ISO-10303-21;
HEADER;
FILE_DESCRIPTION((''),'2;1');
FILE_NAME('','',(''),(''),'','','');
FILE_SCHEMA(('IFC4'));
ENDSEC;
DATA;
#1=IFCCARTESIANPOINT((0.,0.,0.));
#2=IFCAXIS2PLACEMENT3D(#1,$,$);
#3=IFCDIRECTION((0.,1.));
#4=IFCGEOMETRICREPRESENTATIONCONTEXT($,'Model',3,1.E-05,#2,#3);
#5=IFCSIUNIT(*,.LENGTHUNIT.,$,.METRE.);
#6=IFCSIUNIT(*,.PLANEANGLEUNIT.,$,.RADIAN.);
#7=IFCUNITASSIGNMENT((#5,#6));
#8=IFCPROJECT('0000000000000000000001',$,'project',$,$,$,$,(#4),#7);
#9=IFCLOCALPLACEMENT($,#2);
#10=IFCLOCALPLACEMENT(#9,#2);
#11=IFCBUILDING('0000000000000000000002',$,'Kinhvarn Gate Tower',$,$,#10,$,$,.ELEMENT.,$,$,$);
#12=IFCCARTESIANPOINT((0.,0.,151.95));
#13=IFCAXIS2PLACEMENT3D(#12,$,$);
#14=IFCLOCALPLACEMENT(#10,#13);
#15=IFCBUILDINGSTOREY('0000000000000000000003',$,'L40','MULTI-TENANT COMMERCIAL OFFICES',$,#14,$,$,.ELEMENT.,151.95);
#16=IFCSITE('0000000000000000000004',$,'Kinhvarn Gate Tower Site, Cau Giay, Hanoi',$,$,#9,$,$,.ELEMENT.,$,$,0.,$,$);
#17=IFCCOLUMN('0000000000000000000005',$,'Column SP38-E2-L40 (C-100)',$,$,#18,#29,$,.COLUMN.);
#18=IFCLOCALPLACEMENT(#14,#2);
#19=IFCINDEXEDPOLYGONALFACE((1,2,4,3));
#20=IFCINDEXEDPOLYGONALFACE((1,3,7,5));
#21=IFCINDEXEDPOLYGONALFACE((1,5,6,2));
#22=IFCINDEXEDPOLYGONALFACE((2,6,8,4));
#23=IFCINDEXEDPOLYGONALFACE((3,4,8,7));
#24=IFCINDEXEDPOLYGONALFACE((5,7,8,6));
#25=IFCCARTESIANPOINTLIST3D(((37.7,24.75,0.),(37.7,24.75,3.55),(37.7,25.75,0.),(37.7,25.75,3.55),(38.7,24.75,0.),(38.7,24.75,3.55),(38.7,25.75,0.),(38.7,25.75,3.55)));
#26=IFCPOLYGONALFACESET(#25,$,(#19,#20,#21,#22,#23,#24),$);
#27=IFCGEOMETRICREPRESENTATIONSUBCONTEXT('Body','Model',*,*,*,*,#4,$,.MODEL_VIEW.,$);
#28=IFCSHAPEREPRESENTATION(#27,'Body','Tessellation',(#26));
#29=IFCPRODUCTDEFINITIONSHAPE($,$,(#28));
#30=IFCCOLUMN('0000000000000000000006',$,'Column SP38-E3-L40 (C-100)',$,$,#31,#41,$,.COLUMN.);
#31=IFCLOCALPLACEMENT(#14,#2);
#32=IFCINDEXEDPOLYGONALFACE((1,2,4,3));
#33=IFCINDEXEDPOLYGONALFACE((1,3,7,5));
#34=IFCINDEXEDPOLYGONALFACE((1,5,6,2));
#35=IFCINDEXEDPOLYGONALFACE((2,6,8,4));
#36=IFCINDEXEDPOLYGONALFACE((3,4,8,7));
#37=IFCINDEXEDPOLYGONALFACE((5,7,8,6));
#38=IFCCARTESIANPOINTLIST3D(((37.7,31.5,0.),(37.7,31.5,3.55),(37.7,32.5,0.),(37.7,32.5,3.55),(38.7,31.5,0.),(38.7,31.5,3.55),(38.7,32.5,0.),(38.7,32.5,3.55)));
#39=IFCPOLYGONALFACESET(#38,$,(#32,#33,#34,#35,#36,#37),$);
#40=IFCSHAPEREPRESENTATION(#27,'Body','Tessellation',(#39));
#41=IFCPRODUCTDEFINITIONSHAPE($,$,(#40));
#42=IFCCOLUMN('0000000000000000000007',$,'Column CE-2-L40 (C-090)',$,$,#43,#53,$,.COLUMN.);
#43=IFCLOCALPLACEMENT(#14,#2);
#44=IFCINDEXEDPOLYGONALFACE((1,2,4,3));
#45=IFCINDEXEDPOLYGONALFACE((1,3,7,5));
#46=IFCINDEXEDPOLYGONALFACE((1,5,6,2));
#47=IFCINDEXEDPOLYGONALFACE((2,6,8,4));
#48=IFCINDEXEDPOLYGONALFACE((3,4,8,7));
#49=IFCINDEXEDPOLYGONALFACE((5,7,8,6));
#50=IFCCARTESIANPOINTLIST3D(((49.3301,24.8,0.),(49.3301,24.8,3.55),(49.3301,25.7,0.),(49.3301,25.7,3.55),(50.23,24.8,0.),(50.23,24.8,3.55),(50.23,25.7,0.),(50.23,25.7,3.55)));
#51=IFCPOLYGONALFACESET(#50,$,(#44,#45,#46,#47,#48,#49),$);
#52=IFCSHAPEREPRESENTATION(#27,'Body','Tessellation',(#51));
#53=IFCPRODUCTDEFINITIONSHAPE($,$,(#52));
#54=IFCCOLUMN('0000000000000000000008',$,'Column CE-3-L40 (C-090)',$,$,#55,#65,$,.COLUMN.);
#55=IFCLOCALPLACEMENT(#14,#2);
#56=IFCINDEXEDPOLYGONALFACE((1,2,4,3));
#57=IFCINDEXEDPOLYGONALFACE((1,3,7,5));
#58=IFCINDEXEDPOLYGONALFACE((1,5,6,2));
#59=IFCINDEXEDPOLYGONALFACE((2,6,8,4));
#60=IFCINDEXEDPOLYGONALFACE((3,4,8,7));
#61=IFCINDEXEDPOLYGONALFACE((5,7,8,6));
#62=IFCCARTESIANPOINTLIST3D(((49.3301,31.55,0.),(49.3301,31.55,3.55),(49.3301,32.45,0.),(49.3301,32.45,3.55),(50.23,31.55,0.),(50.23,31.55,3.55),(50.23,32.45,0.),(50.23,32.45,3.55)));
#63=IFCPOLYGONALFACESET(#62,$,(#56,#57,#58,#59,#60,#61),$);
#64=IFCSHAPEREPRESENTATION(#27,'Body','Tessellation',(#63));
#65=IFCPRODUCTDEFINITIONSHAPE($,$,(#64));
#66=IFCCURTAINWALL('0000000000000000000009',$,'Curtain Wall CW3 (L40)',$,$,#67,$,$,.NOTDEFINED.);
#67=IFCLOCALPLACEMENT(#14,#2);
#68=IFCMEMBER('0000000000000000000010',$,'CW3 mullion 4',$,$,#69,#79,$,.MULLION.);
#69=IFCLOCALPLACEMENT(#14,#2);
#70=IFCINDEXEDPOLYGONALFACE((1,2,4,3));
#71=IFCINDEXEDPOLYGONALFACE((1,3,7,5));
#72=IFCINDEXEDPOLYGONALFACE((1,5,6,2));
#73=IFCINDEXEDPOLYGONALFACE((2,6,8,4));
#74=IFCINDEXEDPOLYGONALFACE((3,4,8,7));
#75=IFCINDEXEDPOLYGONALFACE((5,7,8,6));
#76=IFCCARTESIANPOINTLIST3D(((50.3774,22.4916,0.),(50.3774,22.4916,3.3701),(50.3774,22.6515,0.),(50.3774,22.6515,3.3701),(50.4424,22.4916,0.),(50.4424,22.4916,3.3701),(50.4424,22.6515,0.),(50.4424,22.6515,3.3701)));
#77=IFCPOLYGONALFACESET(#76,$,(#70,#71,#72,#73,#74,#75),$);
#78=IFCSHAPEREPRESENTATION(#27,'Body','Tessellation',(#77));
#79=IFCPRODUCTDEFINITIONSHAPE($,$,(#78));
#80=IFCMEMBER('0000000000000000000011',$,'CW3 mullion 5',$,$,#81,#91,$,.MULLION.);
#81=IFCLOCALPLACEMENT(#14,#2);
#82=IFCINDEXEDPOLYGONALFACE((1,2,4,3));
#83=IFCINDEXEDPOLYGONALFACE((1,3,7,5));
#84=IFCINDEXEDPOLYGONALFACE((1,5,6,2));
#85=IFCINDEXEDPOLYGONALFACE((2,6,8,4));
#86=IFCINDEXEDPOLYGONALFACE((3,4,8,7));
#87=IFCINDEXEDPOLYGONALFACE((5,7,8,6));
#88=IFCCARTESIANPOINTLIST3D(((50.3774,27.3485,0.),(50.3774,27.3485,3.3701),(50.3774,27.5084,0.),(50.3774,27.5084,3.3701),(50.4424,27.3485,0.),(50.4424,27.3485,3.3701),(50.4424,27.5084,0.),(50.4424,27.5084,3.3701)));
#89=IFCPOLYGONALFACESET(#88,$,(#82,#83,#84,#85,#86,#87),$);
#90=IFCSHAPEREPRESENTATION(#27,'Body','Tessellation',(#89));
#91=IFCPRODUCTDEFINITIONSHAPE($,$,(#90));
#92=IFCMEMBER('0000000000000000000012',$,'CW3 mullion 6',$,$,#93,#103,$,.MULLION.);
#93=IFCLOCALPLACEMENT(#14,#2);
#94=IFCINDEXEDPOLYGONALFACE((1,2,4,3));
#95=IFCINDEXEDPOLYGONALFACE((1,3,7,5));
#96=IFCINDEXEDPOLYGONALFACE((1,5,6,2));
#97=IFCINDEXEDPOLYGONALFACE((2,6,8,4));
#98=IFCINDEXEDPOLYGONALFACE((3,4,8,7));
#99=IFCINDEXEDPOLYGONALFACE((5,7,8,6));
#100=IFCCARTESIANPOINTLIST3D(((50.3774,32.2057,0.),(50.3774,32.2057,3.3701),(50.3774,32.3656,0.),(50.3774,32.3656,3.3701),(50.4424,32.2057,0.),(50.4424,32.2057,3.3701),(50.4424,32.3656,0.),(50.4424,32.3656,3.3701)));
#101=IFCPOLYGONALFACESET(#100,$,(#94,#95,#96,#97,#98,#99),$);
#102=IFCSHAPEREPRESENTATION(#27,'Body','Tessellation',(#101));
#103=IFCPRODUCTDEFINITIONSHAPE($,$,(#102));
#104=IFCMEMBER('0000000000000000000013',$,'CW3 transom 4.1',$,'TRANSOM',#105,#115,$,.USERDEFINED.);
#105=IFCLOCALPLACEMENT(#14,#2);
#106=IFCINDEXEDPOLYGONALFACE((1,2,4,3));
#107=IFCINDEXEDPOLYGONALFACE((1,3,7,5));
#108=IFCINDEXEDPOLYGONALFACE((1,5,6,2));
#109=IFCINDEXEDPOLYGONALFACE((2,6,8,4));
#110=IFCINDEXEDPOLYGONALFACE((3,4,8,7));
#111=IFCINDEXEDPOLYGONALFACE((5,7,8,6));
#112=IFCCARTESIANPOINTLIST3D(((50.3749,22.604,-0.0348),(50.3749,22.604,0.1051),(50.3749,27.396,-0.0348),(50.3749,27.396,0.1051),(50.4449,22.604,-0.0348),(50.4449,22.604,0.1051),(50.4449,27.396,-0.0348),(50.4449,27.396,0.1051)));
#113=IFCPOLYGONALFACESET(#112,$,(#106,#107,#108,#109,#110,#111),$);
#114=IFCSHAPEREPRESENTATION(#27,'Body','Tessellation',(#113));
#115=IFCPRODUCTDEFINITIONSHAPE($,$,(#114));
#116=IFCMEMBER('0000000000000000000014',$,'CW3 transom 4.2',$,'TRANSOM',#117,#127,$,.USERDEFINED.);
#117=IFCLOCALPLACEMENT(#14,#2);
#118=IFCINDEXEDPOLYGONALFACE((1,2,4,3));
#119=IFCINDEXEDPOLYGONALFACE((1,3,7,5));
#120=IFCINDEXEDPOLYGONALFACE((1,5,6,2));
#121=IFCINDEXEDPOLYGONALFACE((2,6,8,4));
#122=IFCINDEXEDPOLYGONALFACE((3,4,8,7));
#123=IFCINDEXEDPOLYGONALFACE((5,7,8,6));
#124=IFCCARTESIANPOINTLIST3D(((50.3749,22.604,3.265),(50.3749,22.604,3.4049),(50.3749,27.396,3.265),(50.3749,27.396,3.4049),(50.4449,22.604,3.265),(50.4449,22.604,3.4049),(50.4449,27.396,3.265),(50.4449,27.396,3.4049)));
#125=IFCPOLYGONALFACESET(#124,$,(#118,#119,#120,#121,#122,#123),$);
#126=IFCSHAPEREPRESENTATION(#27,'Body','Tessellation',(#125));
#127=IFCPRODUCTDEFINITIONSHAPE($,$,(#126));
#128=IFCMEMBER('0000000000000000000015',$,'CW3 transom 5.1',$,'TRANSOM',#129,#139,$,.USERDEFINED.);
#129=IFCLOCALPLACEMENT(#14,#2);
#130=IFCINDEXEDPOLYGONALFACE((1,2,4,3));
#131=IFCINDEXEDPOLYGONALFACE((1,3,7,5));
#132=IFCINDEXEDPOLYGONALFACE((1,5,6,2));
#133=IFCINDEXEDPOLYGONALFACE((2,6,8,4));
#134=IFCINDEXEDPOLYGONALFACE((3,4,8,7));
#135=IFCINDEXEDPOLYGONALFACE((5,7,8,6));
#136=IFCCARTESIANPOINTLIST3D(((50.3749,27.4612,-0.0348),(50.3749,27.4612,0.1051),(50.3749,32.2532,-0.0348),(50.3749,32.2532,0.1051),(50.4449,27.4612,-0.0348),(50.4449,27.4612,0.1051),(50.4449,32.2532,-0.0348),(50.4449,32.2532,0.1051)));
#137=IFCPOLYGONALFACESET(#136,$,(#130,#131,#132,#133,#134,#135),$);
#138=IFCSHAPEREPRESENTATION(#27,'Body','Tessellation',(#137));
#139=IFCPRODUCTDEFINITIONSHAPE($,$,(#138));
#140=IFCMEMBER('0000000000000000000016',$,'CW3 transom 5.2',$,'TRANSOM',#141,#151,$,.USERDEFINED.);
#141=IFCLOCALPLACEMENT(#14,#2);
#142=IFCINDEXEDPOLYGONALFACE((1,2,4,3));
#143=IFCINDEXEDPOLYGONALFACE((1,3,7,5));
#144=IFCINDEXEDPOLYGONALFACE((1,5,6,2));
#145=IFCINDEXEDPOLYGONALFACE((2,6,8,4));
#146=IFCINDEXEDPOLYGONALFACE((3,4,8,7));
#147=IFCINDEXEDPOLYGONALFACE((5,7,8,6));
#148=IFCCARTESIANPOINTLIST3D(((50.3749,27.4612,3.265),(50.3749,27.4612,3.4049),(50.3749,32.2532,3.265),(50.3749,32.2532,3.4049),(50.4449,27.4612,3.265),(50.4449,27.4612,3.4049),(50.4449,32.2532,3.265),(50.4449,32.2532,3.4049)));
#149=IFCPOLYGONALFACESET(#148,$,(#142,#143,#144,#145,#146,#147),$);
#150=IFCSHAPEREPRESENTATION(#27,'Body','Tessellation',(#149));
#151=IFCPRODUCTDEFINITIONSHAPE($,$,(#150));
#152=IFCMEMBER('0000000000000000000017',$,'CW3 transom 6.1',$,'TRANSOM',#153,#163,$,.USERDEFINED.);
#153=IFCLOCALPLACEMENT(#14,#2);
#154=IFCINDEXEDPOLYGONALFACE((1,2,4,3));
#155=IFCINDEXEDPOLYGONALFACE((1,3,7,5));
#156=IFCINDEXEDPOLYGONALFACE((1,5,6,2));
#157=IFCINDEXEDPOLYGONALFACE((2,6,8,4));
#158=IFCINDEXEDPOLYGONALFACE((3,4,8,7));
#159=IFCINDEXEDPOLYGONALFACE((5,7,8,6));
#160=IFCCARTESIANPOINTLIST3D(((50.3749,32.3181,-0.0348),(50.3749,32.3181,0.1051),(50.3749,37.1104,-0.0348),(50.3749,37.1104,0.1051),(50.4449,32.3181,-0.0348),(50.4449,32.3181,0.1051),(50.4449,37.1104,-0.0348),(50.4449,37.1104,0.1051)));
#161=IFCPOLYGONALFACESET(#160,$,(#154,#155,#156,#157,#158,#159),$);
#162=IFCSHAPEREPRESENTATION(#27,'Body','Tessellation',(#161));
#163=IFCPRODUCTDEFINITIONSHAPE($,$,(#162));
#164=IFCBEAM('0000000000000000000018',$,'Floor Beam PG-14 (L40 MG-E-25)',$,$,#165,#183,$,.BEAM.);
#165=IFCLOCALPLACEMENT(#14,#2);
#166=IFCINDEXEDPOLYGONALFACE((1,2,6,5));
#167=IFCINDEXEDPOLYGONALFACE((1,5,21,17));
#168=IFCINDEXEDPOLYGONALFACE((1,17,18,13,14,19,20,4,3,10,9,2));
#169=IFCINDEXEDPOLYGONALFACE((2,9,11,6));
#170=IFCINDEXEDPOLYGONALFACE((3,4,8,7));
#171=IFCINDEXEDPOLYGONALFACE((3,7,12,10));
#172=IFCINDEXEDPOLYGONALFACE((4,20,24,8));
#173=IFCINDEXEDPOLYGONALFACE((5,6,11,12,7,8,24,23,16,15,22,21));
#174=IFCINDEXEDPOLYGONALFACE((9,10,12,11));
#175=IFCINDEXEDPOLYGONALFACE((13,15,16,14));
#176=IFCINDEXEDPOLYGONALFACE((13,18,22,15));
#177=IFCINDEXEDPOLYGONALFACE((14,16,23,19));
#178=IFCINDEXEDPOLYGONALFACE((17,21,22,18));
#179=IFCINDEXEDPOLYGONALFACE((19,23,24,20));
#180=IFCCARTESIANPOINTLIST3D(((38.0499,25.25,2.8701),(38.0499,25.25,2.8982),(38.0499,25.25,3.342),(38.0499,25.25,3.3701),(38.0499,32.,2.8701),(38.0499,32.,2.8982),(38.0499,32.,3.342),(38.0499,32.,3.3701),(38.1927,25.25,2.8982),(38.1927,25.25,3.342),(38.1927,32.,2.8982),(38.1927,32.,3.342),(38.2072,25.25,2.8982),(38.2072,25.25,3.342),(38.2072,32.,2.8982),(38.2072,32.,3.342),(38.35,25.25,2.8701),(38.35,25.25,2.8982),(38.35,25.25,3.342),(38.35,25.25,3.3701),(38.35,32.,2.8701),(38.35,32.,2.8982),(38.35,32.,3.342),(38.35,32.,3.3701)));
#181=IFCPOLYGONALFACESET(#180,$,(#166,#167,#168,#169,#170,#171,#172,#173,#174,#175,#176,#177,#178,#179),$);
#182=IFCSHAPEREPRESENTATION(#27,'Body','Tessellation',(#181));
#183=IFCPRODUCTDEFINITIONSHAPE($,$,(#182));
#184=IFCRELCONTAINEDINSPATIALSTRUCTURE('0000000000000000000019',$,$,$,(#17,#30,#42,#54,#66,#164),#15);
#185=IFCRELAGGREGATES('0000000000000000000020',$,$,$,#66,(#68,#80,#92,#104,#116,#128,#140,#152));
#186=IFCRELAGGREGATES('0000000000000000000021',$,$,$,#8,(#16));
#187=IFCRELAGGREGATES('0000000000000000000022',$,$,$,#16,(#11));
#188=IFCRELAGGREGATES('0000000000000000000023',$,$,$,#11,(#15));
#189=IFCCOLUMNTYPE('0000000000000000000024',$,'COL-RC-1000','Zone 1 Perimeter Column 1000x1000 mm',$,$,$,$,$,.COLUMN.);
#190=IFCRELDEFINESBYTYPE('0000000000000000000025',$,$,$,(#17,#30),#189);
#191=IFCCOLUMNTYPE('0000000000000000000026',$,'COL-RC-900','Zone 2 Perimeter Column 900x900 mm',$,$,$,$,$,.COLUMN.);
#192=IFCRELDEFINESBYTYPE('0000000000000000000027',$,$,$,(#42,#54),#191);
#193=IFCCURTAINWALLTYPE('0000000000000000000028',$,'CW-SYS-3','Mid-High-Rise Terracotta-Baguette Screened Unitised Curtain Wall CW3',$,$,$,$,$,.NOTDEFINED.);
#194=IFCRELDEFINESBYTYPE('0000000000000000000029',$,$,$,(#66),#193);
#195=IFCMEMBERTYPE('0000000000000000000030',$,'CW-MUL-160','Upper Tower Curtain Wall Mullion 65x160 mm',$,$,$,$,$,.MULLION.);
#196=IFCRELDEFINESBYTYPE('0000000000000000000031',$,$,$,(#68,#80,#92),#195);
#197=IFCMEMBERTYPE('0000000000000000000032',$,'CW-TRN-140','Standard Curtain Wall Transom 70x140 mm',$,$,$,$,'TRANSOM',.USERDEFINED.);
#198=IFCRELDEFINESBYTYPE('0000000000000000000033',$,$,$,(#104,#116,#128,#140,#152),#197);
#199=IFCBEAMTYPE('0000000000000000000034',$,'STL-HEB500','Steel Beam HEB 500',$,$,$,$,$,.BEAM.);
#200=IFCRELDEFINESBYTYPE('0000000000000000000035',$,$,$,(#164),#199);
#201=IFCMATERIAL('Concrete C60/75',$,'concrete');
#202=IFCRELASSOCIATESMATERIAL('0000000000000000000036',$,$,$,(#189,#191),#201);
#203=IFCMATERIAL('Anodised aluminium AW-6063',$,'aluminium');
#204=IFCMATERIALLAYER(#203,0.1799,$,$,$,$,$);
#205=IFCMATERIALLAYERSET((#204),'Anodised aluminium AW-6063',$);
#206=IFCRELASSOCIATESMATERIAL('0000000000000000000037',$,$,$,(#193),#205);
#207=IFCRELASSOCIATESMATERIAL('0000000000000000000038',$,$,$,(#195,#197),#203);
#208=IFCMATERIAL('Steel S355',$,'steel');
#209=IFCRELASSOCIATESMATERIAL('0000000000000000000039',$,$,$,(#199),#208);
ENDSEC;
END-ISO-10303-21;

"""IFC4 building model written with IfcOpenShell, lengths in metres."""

from ifc_helpers import new_model, si_unit, direction, frame, origin, origin_2d, place, context, subcontext, project, spatial, rectangle, i_section, extrude, material, layer, layer_set, material_profile, profile_set, type_object, element, aggregate, save


model = new_model("IFC4")

# Units and contexts
model_context = context("Model", 3, precision=1e-05, world=origin(), true_north=direction((0.0, 1.0)))
body_context = subcontext(model_context, "Body", "Model", "MODEL_VIEW")
ifc_project = project(units=[si_unit("LENGTHUNIT", "METRE"), si_unit("PLANEANGLEUNIT", "RADIAN")], contexts=[model_context])

# Site, building, storey
site_placement = place(None, origin())
site = spatial("IfcSite", under=ifc_project, at=site_placement, Name="Kinhvarn Gate Tower Site, Cau Giay, Hanoi", CompositionType="ELEMENT", RefElevation=0.0)
building_placement = place(site_placement, origin())
building = spatial("IfcBuilding", under=site, at=building_placement, Name="Kinhvarn Gate Tower", CompositionType="ELEMENT")
storey_placement = place(building_placement, frame((0.0, 0.0, 151.95)))
storey = spatial("IfcBuildingStorey", under=building, at=storey_placement, Name="L40", Description="MULTI-TENANT COMMERCIAL OFFICES", CompositionType="ELEMENT", Elevation=151.95)

# Columns
ifc_material_1 = material(Name="Concrete C60/75", Category="concrete")
ifc_material_profile_1 = material_profile(ifc_material_1, rectangle(XDim=1.0, YDim=1.0, at=origin_2d()), Name="RC 1000x1000")
ifc_profile_set_1 = profile_set([ifc_material_profile_1], Name="Concrete C60/75")
column_type_1 = type_object("IfcColumnType", Name="COL-RC-1000", Description="Zone 1 Perimeter Column 1000x1000 mm", PredefinedType="COLUMN", material=ifc_profile_set_1)
for number, where, z_axis, x_axis, name in (
    (1, (38.2, 25.25, 0.0), (0.0, 0.0, 1.0), (1.0, 0.0, 0.0), "Column SP38-E2-L40 (C-100)"),
    (2, (38.2, 32.0, 0.0), (0.0, 0.0, 1.0), (1.0, 0.0, 0.0), "Column SP38-E3-L40 (C-100)"),
):
    element("IfcColumn", number, at=place(storey_placement, frame(where, z_axis=z_axis, x_axis=x_axis)), inside=storey, type_object=column_type_1, Name=name, PredefinedType="COLUMN", context=body_context, shape_type="SweptSolid", body=[
        extrude(rectangle(XDim=1.0, YDim=1.0, at=origin_2d()), origin(), (0.0, 0.0, 1.0), 3.55),
    ])
ifc_material_profile_2 = material_profile(ifc_material_1, rectangle(XDim=0.8999, YDim=0.8999, at=origin_2d()), Name="RC 900x900")
ifc_profile_set_2 = profile_set([ifc_material_profile_2], Name="Concrete C60/75")
column_type_2 = type_object("IfcColumnType", Name="COL-RC-900", Description="Zone 2 Perimeter Column 900x900 mm", PredefinedType="COLUMN", material=ifc_profile_set_2)
for number, where, z_axis, x_axis, name in (
    (3, (49.78, 25.25, 0.0), (0.0, 0.0, 1.0), (1.0, 0.0, 0.0), "Column CE-2-L40 (C-090)"),
    (4, (49.78, 32.0, 0.0), (0.0, 0.0, 1.0), (1.0, 0.0, 0.0), "Column CE-3-L40 (C-090)"),
):
    element("IfcColumn", number, at=place(storey_placement, frame(where, z_axis=z_axis, x_axis=x_axis)), inside=storey, type_object=column_type_2, Name=name, PredefinedType="COLUMN", context=body_context, shape_type="SweptSolid", body=[
        extrude(rectangle(XDim=0.8999, YDim=0.8999, at=origin_2d()), origin(), (0.0, 0.0, 1.0), 3.55),
    ])

# Curtain wall, members
ifc_material_2 = material(Name="Anodised aluminium AW-6063", Category="aluminium")
ifc_layer_1 = layer(ifc_material_2, 0.1799)
ifc_layer_set_1 = layer_set([ifc_layer_1], Name="Anodised aluminium AW-6063")
curtain_wall_type = type_object("IfcCurtainWallType", Name="CW-SYS-3", Description="Mid-High-Rise Terracotta-Baguette Screened Unitised Curtain Wall CW3", PredefinedType="NOTDEFINED", material=ifc_layer_set_1)
curtain_wall_placement = place(storey_placement, origin())
curtain_wall = element("IfcCurtainWall", 5, at=curtain_wall_placement, inside=storey, type_object=curtain_wall_type, Name="Curtain Wall CW3 (L40)", PredefinedType="NOTDEFINED")
ifc_material_profile_3 = material_profile(ifc_material_2, rectangle(XDim=0.0649, YDim=0.1599, at=origin_2d()), Name="ALU 65x160")
ifc_profile_set_3 = profile_set([ifc_material_profile_3], Name="Anodised aluminium AW-6063")
member_type_1 = type_object("IfcMemberType", Name="CW-MUL-160", Description="Upper Tower Curtain Wall Mullion 65x160 mm", PredefinedType="MULLION", material=ifc_profile_set_3)
member_1_placement = place(storey_placement, frame((50.4099, 22.5715, 0.0), z_axis=(0.0, 0.0, 1.0), x_axis=(-1.0, 0.0, 0.0)))
member_1 = element("IfcMember", 6, at=member_1_placement, type_object=member_type_1, Name="CW3 mullion 4", PredefinedType="MULLION", context=body_context, shape_type="SweptSolid", body=[
    extrude(rectangle(XDim=0.0649, YDim=0.1599, at=origin_2d()), origin(), (0.0, 0.0, 1.0), 3.3701),
])
member_2_placement = place(storey_placement, frame((50.4099, 27.4285, 0.0), z_axis=(0.0, 0.0, 1.0), x_axis=(-1.0, 0.0, 0.0)))
member_2 = element("IfcMember", 7, at=member_2_placement, type_object=member_type_1, Name="CW3 mullion 5", PredefinedType="MULLION", context=body_context, shape_type="SweptSolid", body=[
    extrude(rectangle(XDim=0.0649, YDim=0.1599, at=origin_2d()), origin(), (0.0, 0.0, 1.0), 3.3701),
])
member_3_placement = place(storey_placement, frame((50.4099, 32.2856, 0.0), z_axis=(0.0, 0.0, 1.0), x_axis=(-1.0, 0.0, 0.0)))
member_3 = element("IfcMember", 8, at=member_3_placement, type_object=member_type_1, Name="CW3 mullion 6", PredefinedType="MULLION", context=body_context, shape_type="SweptSolid", body=[
    extrude(rectangle(XDim=0.0649, YDim=0.1599, at=origin_2d()), origin(), (0.0, 0.0, 1.0), 3.3701),
])
ifc_material_profile_4 = material_profile(ifc_material_2, rectangle(XDim=0.0701, YDim=0.1399, at=origin_2d()), Name="ALU 70x140")
ifc_profile_set_4 = profile_set([ifc_material_profile_4], Name="Anodised aluminium AW-6063")
member_type_2 = type_object("IfcMemberType", Name="CW-TRN-140", Description="Standard Curtain Wall Transom 70x140 mm", ElementType="TRANSOM", PredefinedType="USERDEFINED", material=ifc_profile_set_4)
member_4_placement = place(storey_placement, frame((50.4099, 22.604, 0.0352), z_axis=(0.0, 1.0, 0.0), x_axis=(-1.0, 0.0, 0.0)))
member_4 = element("IfcMember", 9, at=member_4_placement, type_object=member_type_2, Name="CW3 transom 4.1", ObjectType="TRANSOM", PredefinedType="USERDEFINED", context=body_context, shape_type="SweptSolid", body=[
    extrude(rectangle(XDim=0.0701, YDim=0.1399, at=origin_2d()), origin(), (0.0, 0.0, 1.0), 4.792),
])
member_5_placement = place(storey_placement, frame((50.4099, 22.604, 3.335), z_axis=(0.0, 1.0, 0.0), x_axis=(-1.0, 0.0, 0.0)))
member_5 = element("IfcMember", 10, at=member_5_placement, type_object=member_type_2, Name="CW3 transom 4.2", ObjectType="TRANSOM", PredefinedType="USERDEFINED", context=body_context, shape_type="SweptSolid", body=[
    extrude(rectangle(XDim=0.0701, YDim=0.1399, at=origin_2d()), origin(), (0.0, 0.0, 1.0), 4.792),
])
member_6_placement = place(storey_placement, frame((50.4099, 27.4612, 0.0352), z_axis=(0.0, 1.0, 0.0), x_axis=(-1.0, 0.0, 0.0)))
member_6 = element("IfcMember", 11, at=member_6_placement, type_object=member_type_2, Name="CW3 transom 5.1", ObjectType="TRANSOM", PredefinedType="USERDEFINED", context=body_context, shape_type="SweptSolid", body=[
    extrude(rectangle(XDim=0.0701, YDim=0.1399, at=origin_2d()), origin(), (0.0, 0.0, 1.0), 4.792),
])
member_7_placement = place(storey_placement, frame((50.4099, 27.4612, 3.335), z_axis=(0.0, 1.0, 0.0), x_axis=(-1.0, 0.0, 0.0)))
member_7 = element("IfcMember", 12, at=member_7_placement, type_object=member_type_2, Name="CW3 transom 5.2", ObjectType="TRANSOM", PredefinedType="USERDEFINED", context=body_context, shape_type="SweptSolid", body=[
    extrude(rectangle(XDim=0.0701, YDim=0.1399, at=origin_2d()), origin(), (0.0, 0.0, 1.0), 4.792),
])
member_8_placement = place(storey_placement, frame((50.4099, 32.3181, 0.0352), z_axis=(0.0, 1.0, 0.0), x_axis=(-1.0, 0.0, 0.0)))
member_8 = element("IfcMember", 13, at=member_8_placement, type_object=member_type_2, Name="CW3 transom 6.1", ObjectType="TRANSOM", PredefinedType="USERDEFINED", context=body_context, shape_type="SweptSolid", body=[
    extrude(rectangle(XDim=0.0701, YDim=0.1399, at=origin_2d()), origin(), (0.0, 0.0, 1.0), 4.7922),
])

# Beam
ifc_material_3 = material(Name="Steel S355", Category="steel")
ifc_material_profile_5 = material_profile(ifc_material_3, i_section(OverallWidth=0.3, OverallDepth=0.5, WebThickness=0.0144, FlangeThickness=0.0281, at=origin_2d()), Name="HEB 500")
ifc_profile_set_5 = profile_set([ifc_material_profile_5], Name="Steel S355")
beam_type_1 = type_object("IfcBeamType", Name="STL-HEB500", Description="Steel Beam HEB 500", PredefinedType="BEAM", material=ifc_profile_set_5)
beam_1_placement = place(storey_placement, frame((38.2, 25.25, 3.1201), z_axis=(0.0, 1.0, 0.0), x_axis=(-1.0, 0.0, 0.0)))
element("IfcBeam", 14, at=beam_1_placement, inside=storey, type_object=beam_type_1, Name="Floor Beam PG-14 (L40 MG-E-25)", PredefinedType="BEAM", context=body_context, shape_type="SweptSolid", body=[
    extrude(i_section(OverallWidth=0.3, OverallDepth=0.5, WebThickness=0.0144, FlangeThickness=0.0281, at=origin_2d()), origin(), (0.0, 0.0, 1.0), 6.75),
])

aggregate(curtain_wall, [member_1, member_2, member_3, member_4, member_5, member_6, member_7, member_8])

save(model, "model.ifc")
